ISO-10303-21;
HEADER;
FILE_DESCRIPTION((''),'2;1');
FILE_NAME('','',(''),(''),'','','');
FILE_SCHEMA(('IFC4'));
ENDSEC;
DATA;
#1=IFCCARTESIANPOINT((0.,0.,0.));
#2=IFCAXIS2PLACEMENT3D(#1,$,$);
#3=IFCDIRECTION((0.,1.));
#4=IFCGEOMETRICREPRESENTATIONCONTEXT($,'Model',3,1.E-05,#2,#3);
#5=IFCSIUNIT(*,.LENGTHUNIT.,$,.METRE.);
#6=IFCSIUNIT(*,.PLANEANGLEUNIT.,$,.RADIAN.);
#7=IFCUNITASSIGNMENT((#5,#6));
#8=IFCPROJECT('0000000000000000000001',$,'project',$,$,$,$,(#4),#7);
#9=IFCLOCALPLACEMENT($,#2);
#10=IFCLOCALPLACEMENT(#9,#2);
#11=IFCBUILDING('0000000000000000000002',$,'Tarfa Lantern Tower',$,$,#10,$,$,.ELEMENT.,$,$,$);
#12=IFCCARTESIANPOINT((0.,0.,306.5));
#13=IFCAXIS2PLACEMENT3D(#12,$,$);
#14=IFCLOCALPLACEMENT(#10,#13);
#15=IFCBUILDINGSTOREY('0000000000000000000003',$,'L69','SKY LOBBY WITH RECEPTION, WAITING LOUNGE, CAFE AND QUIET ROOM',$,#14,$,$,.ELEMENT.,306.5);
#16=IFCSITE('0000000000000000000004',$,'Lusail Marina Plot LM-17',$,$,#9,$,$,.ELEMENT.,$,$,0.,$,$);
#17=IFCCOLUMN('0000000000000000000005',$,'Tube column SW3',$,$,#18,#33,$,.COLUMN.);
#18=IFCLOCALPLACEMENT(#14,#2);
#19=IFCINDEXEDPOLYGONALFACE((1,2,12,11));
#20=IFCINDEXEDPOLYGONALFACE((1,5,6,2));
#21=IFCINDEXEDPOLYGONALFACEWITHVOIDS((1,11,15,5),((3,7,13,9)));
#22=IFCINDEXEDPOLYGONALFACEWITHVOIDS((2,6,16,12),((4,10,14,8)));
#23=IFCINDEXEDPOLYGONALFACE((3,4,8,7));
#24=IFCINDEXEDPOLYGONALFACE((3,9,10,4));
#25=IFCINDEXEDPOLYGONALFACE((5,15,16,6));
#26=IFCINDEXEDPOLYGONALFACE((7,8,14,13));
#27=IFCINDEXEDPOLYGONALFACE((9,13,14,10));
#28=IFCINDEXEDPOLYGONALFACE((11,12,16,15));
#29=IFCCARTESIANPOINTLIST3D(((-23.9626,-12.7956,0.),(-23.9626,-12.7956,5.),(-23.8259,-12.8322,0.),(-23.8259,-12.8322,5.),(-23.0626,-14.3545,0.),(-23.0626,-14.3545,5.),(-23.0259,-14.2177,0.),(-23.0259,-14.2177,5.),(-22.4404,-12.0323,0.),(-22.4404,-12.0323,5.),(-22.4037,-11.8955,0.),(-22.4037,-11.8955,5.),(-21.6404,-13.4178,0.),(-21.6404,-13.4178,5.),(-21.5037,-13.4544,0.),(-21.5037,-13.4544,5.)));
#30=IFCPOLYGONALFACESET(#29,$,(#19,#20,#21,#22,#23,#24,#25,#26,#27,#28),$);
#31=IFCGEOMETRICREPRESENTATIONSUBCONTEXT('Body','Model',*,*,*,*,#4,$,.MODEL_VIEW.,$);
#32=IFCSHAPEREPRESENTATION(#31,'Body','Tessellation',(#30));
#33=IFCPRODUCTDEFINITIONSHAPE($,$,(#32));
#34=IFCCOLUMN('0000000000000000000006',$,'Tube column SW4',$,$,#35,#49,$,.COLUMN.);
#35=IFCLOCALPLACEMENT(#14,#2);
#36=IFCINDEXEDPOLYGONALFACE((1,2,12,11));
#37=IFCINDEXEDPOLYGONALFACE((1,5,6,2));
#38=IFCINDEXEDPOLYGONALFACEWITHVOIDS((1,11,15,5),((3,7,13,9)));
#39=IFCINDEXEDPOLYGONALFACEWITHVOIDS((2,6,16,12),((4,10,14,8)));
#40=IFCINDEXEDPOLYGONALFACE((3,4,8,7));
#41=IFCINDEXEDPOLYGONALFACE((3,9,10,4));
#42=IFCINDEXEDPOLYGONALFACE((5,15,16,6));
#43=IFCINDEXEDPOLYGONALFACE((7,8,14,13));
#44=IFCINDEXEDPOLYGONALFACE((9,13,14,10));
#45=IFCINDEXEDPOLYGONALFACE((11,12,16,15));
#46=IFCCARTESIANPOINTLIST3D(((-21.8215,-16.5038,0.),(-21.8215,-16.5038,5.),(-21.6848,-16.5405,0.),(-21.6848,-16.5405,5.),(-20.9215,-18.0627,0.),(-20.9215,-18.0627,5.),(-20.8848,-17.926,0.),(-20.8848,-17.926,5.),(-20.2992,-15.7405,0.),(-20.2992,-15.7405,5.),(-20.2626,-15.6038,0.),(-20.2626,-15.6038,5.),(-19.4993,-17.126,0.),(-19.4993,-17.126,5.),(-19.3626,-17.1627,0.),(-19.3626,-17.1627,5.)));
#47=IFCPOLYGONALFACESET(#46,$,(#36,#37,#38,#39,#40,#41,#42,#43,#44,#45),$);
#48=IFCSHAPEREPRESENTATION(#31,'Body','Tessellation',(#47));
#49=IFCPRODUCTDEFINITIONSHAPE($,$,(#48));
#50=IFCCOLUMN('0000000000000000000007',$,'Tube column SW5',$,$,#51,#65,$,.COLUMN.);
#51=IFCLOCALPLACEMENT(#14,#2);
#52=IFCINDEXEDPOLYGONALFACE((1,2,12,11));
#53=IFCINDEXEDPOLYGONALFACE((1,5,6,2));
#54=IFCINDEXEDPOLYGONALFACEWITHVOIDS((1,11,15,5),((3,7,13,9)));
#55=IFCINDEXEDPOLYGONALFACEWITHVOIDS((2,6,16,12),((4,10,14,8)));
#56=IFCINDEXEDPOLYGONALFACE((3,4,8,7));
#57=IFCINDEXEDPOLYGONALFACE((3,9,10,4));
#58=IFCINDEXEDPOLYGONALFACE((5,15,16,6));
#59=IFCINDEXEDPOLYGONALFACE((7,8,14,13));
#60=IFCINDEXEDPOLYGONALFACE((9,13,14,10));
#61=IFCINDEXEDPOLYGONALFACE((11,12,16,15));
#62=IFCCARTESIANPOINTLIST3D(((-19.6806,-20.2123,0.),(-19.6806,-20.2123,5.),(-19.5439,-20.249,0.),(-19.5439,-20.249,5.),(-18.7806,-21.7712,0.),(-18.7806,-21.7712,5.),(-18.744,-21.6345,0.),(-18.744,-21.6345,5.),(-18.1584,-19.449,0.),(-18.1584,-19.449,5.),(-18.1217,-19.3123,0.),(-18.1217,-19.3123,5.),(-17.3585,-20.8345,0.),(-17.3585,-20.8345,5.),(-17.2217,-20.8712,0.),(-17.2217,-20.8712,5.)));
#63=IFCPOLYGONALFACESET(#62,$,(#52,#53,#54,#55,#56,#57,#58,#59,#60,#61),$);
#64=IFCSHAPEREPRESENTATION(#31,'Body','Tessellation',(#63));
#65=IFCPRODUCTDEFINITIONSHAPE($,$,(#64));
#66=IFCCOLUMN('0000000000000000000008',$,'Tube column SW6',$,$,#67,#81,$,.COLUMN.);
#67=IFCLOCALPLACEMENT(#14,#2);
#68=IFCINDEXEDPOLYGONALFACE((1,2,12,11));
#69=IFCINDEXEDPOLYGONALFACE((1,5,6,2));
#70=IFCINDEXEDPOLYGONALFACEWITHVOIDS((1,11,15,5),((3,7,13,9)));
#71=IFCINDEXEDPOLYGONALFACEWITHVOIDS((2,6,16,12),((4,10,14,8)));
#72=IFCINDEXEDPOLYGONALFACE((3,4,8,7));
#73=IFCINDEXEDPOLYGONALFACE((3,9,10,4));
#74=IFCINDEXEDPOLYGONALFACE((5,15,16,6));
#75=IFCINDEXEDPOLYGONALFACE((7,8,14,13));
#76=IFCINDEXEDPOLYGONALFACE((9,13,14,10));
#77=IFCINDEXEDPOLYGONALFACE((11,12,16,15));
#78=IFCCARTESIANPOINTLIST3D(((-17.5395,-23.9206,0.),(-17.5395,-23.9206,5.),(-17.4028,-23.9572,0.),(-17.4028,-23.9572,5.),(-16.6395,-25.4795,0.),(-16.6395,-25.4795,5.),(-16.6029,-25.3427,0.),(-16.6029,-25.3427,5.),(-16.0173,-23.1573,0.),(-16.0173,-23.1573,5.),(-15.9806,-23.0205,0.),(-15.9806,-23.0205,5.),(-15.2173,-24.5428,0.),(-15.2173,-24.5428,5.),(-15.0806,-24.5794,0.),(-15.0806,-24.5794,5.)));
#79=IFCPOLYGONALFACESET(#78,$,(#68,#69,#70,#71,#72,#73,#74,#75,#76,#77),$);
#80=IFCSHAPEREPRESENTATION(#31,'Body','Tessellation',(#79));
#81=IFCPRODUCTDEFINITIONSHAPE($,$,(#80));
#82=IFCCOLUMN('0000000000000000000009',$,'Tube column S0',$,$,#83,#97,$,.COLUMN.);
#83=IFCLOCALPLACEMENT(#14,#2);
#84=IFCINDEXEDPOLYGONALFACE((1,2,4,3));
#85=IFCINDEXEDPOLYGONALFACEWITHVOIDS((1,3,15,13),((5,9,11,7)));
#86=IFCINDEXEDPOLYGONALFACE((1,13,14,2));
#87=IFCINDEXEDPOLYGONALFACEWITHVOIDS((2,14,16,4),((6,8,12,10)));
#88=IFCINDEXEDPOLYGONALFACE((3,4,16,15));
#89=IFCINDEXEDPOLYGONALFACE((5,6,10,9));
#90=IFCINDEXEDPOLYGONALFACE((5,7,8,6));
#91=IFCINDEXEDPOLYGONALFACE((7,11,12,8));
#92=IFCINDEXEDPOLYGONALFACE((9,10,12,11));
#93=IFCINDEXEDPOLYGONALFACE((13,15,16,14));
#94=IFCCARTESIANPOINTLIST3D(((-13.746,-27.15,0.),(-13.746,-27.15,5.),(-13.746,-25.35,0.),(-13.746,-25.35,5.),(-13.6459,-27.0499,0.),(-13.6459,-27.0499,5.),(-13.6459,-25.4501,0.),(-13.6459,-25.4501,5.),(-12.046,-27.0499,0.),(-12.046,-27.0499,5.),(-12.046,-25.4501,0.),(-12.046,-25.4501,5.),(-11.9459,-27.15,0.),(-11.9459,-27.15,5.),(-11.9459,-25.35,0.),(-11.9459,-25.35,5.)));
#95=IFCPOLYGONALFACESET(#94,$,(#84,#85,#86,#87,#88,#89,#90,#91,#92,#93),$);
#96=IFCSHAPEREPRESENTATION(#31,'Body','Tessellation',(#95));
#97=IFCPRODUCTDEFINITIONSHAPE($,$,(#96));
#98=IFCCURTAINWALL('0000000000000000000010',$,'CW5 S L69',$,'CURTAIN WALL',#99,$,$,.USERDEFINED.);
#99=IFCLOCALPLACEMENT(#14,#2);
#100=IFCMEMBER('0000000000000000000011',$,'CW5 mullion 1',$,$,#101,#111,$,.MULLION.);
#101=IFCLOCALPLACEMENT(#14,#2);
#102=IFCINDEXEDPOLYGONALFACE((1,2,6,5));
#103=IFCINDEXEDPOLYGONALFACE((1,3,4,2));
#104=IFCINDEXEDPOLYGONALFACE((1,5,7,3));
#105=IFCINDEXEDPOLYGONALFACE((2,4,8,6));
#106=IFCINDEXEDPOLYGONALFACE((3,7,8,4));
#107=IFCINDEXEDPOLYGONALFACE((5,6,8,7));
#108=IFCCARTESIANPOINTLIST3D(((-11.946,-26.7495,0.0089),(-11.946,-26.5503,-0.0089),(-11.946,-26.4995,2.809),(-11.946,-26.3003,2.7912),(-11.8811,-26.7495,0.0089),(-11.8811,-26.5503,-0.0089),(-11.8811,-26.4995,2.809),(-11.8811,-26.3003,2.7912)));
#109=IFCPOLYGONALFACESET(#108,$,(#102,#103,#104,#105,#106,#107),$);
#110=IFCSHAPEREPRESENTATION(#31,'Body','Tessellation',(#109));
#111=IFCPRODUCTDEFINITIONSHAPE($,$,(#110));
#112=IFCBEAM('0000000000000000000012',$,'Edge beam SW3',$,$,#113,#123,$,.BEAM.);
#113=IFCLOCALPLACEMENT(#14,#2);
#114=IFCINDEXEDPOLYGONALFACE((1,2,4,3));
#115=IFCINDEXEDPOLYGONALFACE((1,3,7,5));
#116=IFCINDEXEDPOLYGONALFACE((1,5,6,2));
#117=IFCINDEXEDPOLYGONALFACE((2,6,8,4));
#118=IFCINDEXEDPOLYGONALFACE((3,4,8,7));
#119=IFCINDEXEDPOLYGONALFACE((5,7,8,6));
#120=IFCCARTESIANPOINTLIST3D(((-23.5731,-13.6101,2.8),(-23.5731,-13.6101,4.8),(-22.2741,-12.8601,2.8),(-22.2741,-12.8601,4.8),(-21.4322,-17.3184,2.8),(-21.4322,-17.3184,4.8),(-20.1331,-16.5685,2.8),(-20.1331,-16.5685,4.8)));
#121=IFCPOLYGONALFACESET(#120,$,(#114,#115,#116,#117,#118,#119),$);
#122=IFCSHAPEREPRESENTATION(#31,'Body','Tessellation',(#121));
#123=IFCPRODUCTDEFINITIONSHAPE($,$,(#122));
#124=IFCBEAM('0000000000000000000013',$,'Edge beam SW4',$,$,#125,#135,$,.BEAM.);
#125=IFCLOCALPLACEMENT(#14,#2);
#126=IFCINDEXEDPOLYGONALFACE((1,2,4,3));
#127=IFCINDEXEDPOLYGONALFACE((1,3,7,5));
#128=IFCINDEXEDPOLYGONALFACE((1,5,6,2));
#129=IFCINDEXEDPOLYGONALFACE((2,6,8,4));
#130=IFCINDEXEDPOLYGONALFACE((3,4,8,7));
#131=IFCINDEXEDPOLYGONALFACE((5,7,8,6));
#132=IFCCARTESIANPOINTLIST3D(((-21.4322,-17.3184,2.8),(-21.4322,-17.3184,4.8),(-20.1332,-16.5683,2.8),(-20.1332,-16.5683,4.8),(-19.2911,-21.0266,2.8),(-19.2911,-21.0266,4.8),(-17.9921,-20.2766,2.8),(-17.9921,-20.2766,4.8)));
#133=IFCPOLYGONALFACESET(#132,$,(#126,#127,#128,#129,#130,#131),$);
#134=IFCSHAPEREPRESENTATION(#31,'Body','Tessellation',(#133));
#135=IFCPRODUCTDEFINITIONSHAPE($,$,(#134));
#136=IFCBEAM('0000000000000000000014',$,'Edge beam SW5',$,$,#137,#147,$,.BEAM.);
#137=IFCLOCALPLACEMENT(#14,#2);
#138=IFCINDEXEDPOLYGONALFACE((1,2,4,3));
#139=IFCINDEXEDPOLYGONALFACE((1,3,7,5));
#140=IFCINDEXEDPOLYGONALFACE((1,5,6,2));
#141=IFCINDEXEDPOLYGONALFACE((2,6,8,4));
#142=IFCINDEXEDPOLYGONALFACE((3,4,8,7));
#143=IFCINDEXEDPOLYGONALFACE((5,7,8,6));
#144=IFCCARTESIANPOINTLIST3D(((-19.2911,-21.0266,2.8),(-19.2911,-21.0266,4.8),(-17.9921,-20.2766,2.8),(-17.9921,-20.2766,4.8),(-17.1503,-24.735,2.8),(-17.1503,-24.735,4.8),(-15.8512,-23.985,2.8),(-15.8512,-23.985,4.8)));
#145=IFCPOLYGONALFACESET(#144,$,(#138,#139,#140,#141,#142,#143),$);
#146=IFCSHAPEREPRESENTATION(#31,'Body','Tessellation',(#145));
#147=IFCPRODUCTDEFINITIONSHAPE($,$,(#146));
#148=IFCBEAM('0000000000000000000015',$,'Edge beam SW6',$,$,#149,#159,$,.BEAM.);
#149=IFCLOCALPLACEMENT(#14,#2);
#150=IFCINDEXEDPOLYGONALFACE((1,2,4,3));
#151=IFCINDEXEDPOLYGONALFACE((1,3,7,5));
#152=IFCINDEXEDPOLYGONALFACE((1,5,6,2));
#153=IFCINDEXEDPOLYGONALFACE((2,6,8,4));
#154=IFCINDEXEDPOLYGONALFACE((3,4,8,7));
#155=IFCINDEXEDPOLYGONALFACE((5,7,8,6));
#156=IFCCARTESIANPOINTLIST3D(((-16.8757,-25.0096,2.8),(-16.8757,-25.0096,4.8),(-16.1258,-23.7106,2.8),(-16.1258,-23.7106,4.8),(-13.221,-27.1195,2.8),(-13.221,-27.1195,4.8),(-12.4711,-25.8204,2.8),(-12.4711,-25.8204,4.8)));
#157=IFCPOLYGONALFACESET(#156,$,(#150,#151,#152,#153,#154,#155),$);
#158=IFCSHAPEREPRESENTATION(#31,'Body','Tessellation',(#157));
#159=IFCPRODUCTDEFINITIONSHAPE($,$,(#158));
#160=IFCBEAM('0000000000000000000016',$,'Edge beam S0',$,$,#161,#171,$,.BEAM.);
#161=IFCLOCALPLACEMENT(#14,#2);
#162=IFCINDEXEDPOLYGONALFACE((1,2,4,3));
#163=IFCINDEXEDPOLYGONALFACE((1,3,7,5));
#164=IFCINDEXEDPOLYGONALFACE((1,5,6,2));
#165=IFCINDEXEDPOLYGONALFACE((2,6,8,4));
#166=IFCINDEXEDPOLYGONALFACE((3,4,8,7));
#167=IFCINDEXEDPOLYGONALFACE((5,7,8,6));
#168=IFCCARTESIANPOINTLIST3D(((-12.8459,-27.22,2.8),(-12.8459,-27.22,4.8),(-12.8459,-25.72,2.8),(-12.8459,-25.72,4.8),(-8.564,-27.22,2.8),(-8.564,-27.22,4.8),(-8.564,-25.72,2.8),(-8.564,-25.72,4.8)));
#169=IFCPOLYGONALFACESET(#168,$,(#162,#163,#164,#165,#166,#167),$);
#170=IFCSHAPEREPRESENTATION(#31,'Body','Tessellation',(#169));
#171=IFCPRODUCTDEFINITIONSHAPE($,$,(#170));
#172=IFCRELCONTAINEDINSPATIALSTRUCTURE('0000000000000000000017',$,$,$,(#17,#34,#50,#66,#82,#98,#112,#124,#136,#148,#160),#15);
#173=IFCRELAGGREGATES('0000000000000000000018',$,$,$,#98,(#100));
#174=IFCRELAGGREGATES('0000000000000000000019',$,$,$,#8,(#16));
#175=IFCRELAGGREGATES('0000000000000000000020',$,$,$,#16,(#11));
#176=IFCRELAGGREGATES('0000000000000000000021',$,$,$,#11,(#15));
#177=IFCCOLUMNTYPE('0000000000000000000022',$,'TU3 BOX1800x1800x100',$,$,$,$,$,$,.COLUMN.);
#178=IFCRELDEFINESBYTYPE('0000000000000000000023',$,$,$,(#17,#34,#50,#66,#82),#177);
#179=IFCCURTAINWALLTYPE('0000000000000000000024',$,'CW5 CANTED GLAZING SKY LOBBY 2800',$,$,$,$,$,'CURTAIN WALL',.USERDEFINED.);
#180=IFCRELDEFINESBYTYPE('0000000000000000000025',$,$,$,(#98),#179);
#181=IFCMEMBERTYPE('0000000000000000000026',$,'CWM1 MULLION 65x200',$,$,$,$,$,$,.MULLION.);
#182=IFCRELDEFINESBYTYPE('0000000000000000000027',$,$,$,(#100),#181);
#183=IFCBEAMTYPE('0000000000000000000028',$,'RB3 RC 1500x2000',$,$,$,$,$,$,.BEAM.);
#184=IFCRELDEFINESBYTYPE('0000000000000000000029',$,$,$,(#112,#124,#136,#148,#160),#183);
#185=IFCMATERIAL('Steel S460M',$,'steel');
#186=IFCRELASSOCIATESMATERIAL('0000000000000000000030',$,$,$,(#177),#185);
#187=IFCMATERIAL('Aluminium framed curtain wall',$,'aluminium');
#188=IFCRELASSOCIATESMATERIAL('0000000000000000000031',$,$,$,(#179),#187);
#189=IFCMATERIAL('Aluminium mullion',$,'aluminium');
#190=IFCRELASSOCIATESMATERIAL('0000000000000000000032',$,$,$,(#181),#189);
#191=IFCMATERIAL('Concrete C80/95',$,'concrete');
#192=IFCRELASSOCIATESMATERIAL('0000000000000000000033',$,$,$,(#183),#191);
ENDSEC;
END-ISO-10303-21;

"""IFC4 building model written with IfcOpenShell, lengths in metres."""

from ifc_helpers import new_model, si_unit, direction, frame, origin, origin_2d, place, context, subcontext, project, spatial, rectangle, hollow_rectangle, extrude, material, material_profile, profile_set, type_object, element, aggregate, save


model = new_model("IFC4")

# Units and contexts
model_context = context("Model", 3, precision=1e-05, world=origin(), true_north=direction((0.0, 1.0)))
body_context = subcontext(model_context, "Body", "Model", "MODEL_VIEW")
ifc_project = project(units=[si_unit("LENGTHUNIT", "METRE"), si_unit("PLANEANGLEUNIT", "RADIAN")], contexts=[model_context])

# Site, building, storey
site_placement = place(None, origin())
site = spatial("IfcSite", under=ifc_project, at=site_placement, Name="Lusail Marina Plot LM-17", CompositionType="ELEMENT", RefElevation=0.0)
building_placement = place(site_placement, origin())
building = spatial("IfcBuilding", under=site, at=building_placement, Name="Tarfa Lantern Tower", CompositionType="ELEMENT")
storey_placement = place(building_placement, frame((0.0, 0.0, 306.5)))
storey = spatial("IfcBuildingStorey", under=building, at=storey_placement, Name="L69", Description="SKY LOBBY WITH RECEPTION, WAITING LOUNGE, CAFE AND QUIET ROOM", CompositionType="ELEMENT", Elevation=306.5)

# Columns
ifc_material_1 = material(Name="Steel S460M", Category="steel")
ifc_material_profile_1 = material_profile(ifc_material_1, hollow_rectangle(XDim=1.8, YDim=1.8, WallThickness=0.1001, at=origin_2d()), Name="BOX1800x1800x100")
ifc_profile_set_1 = profile_set([ifc_material_profile_1], Name="Steel S460M")
column_type = type_object("IfcColumnType", Name="TU3 BOX1800x1800x100", PredefinedType="COLUMN", material=ifc_profile_set_1)
for number, where, z_axis, x_axis, name in (
    (1, (-22.7332, -13.125, 0.0), (0.0, 0.0, 1.0), (0.5, -0.866025, 0.0), "Tube column SW3"),
    (2, (-20.592, -16.8333, 0.0), (0.0, 0.0, 1.0), (0.5, -0.866025, 0.0), "Tube column SW4"),
    (3, (-18.4512, -20.5417, 0.0), (0.0, 0.0, 1.0), (0.5, -0.866025, 0.0), "Tube column SW5"),
    (4, (-16.3101, -24.25, 0.0), (0.0, 0.0, 1.0), (0.5, -0.866025, 0.0), "Tube column SW6"),
    (5, (-12.8459, -26.25, 0.0), (0.0, 0.0, 1.0), (1.0, 0.0, 0.0), "Tube column S0"),
):
    element("IfcColumn", number, at=place(storey_placement, frame(where, z_axis=z_axis, x_axis=x_axis)), inside=storey, type_object=column_type, Name=name, PredefinedType="COLUMN", context=body_context, shape_type="SweptSolid", body=[
        extrude(hollow_rectangle(XDim=1.8, YDim=1.8, WallThickness=0.1001, at=origin_2d()), origin(), (0.0, 0.0, 1.0), 5.0),
    ])

# Curtain wall, member
ifc_material_2 = material(Name="Aluminium framed curtain wall", Category="aluminium")
curtain_wall_type = type_object("IfcCurtainWallType", Name="CW5 CANTED GLAZING SKY LOBBY 2800", ElementType="CURTAIN WALL", PredefinedType="USERDEFINED", material=ifc_material_2)
curtain_wall_placement = place(storey_placement, origin())
curtain_wall = element("IfcCurtainWall", 6, at=curtain_wall_placement, inside=storey, type_object=curtain_wall_type, Name="CW5 S L69", ObjectType="CURTAIN WALL", PredefinedType="USERDEFINED")
ifc_material_3 = material(Name="Aluminium mullion", Category="aluminium")
ifc_material_profile_2 = material_profile(ifc_material_3, rectangle(XDim=0.0649, YDim=0.2, at=origin_2d()), Name="AL MULLION 65x200")
ifc_profile_set_2 = profile_set([ifc_material_profile_2], Name="Aluminium mullion")
member_type = type_object("IfcMemberType", Name="CWM1 MULLION 65x200", PredefinedType="MULLION", material=ifc_profile_set_2)
member_placement = place(storey_placement, frame((-11.9136, -26.6499, 0.0), z_axis=(0.0, 0.08893, 0.996038), x_axis=(-1.0, 0.0, 0.0)))
member = element("IfcMember", 7, at=member_placement, type_object=member_type, Name="CW5 mullion 1", PredefinedType="MULLION", context=body_context, shape_type="SweptSolid", body=[
    extrude(rectangle(XDim=0.0649, YDim=0.2, at=origin_2d()), origin(), (0.0, 0.0, 1.0), 2.8113),
])
aggregate(curtain_wall, [member])

# Beams
ifc_material_4 = material(Name="Concrete C80/95", Category="concrete")
ifc_material_profile_3 = material_profile(ifc_material_4, rectangle(XDim=1.5, YDim=2.0, at=origin_2d()), Name="RC 1500x2000")
ifc_profile_set_3 = profile_set([ifc_material_profile_3], Name="Concrete C80/95")
beam_type_1 = type_object("IfcBeamType", Name="RB3 RC 1500x2000", PredefinedType="BEAM", material=ifc_profile_set_3)
for number, where, z_axis, x_axis, name in (
    (8, (-22.9236, -13.2351, 3.8), (0.499984, -0.866035, 0.0), (0.866035, 0.499984, 0.0), "Edge beam SW3"),
    (9, (-20.7827, -16.9434, 3.8), (0.500027, -0.86601, 0.0), (0.86601, 0.500027, 0.0), "Edge beam SW4"),
    (10, (-18.6416, -20.6516, 3.8), (0.499959, -0.866049, 0.0), (0.866049, 0.499959, 0.0), "Edge beam SW5"),
):
    element("IfcBeam", number, at=place(storey_placement, frame(where, z_axis=z_axis, x_axis=x_axis)), inside=storey, type_object=beam_type_1, Name=name, PredefinedType="BEAM", context=body_context, shape_type="SweptSolid", body=[
        extrude(rectangle(XDim=1.5, YDim=2.0, at=origin_2d()), origin(), (0.0, 0.0, 1.0), 4.282),
    ])
beam_1_placement = place(storey_placement, frame((-16.5007, -24.3601, 3.8), z_axis=(0.866049, -0.499959, 0.0), x_axis=(0.499959, 0.866049, 0.0)))
element("IfcBeam", 11, at=beam_1_placement, inside=storey, type_object=beam_type_1, Name="Edge beam SW6", PredefinedType="BEAM", context=body_context, shape_type="SweptSolid", body=[
    extrude(rectangle(XDim=1.5, YDim=2.0, at=origin_2d()), origin(), (0.0, 0.0, 1.0), 4.22),
])
beam_2_placement = place(storey_placement, frame((-12.8459, -26.47, 3.8), z_axis=(1.0, 0.0, 0.0), x_axis=(0.0, 1.0, 0.0)))
element("IfcBeam", 12, at=beam_2_placement, inside=storey, type_object=beam_type_1, Name="Edge beam S0", PredefinedType="BEAM", context=body_context, shape_type="SweptSolid", body=[
    extrude(rectangle(XDim=1.5, YDim=2.0, at=origin_2d()), origin(), (0.0, 0.0, 1.0), 4.282),
])

save(model, "model.ifc")
